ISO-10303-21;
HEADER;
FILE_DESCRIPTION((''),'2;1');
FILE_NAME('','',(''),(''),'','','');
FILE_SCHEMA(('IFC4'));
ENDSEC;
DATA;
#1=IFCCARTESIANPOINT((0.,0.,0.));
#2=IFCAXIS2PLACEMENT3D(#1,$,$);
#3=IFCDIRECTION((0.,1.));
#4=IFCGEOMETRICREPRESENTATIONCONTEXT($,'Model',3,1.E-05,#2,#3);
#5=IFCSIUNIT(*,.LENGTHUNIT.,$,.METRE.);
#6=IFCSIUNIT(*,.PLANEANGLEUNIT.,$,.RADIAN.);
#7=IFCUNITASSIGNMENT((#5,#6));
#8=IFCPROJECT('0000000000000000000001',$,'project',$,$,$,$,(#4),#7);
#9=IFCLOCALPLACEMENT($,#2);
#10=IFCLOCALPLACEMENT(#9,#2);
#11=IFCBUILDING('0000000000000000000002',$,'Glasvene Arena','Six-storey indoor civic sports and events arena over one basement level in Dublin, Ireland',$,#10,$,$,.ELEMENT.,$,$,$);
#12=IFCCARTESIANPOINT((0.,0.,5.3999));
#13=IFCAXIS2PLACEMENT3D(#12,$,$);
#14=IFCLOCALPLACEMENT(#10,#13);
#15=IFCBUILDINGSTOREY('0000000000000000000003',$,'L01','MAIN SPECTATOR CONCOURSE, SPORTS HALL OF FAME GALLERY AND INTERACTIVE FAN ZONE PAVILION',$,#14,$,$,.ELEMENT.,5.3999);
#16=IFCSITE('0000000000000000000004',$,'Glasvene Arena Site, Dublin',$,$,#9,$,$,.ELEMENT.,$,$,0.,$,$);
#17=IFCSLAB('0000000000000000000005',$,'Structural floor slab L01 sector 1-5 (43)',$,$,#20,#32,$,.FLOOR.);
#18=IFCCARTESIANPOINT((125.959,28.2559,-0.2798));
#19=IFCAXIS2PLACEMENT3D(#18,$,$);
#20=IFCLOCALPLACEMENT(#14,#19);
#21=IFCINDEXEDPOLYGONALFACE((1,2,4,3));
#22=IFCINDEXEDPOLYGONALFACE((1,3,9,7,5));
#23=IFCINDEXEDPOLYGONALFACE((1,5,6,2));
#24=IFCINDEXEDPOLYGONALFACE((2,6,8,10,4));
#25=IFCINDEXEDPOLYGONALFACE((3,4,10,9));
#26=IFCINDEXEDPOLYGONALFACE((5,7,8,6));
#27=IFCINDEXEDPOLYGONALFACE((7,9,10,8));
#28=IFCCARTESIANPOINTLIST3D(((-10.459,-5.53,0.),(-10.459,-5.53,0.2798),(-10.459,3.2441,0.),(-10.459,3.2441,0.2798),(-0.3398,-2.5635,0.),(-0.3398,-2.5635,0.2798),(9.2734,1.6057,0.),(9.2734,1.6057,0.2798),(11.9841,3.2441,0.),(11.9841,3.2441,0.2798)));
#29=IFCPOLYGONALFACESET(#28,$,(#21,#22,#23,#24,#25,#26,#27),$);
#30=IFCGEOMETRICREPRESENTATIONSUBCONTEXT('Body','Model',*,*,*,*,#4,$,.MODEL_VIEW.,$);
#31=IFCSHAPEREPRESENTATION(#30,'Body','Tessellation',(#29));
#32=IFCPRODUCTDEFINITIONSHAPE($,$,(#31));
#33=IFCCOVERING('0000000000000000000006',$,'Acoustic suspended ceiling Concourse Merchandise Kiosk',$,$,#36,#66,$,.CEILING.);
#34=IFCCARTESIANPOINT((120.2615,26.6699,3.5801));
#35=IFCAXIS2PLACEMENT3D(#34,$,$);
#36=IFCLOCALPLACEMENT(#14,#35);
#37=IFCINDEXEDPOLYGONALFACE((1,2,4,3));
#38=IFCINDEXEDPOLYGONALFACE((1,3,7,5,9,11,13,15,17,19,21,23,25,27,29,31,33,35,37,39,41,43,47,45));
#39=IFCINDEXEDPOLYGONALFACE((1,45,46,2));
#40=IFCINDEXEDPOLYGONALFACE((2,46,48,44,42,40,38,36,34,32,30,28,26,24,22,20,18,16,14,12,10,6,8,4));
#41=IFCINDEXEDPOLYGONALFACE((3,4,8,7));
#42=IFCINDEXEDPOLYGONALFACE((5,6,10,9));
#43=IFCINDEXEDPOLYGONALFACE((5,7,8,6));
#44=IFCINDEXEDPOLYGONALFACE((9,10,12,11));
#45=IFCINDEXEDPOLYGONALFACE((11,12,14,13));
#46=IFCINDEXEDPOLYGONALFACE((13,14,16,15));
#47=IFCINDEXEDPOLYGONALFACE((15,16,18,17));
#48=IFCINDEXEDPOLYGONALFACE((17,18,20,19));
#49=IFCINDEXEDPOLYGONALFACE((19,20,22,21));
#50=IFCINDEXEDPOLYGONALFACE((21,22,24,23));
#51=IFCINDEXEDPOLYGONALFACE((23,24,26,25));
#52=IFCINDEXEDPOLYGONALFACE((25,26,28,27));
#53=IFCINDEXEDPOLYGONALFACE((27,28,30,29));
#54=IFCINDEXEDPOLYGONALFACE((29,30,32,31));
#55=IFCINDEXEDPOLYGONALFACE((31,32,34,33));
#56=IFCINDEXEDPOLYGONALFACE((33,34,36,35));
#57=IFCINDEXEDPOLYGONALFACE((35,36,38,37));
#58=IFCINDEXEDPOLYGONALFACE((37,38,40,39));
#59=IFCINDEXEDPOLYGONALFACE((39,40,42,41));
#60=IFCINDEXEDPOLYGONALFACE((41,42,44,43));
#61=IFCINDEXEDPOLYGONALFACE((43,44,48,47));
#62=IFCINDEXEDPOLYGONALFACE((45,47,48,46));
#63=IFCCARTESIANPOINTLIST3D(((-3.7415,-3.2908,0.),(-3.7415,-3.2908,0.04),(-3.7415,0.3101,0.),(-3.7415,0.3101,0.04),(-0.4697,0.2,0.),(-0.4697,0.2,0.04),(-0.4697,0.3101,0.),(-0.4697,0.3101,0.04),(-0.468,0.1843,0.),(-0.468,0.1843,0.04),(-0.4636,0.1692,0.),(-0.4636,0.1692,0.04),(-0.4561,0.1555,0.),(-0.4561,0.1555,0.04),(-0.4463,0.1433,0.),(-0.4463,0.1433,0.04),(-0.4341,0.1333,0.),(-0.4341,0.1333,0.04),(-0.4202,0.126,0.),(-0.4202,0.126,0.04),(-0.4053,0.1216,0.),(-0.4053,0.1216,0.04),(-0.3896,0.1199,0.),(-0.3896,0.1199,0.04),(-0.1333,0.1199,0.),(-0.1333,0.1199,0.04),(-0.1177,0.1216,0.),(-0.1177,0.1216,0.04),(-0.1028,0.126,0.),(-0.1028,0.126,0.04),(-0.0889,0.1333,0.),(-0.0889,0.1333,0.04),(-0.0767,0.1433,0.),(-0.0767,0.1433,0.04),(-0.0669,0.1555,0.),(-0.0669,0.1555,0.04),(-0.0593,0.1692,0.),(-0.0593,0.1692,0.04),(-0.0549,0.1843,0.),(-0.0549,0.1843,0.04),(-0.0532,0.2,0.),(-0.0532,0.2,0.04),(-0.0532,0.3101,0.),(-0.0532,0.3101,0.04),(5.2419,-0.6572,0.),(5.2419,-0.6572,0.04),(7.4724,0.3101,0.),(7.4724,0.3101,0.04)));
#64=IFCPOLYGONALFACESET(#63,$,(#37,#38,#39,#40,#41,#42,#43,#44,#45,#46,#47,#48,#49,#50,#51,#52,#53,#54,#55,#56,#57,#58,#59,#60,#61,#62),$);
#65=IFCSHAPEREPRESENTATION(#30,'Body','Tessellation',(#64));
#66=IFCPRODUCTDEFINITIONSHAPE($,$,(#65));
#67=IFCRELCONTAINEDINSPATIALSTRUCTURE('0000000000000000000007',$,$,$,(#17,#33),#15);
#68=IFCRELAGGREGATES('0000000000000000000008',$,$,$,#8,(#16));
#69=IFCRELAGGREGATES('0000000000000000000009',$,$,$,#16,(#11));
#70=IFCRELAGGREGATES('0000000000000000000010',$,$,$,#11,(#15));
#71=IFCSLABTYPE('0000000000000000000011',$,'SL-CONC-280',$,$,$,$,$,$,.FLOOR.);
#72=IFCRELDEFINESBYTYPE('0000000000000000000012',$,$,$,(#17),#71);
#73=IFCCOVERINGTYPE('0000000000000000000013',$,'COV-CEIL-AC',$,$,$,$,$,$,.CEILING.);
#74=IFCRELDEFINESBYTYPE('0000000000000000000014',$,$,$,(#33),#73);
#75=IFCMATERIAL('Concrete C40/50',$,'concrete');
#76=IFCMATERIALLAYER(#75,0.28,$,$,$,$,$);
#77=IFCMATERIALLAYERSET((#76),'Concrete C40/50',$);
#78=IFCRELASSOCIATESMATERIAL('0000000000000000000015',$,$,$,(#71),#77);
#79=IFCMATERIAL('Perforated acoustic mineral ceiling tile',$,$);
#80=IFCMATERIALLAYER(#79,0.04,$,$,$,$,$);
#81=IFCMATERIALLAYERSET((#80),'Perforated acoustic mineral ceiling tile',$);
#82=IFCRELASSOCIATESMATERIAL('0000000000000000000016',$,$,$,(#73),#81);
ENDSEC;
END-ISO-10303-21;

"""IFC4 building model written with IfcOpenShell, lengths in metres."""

from ifc_helpers import new_model, si_unit, direction, frame, origin, place, context, subcontext, project, spatial, polyline, outline, extrude, material, layer, layer_set, type_object, element, save


model = new_model("IFC4")

# Units and contexts
model_context = context("Model", 3, precision=1e-05, world=origin(), true_north=direction((0.0, 1.0)))
body_context = subcontext(model_context, "Body", "Model", "MODEL_VIEW")
ifc_project = project(units=[si_unit("LENGTHUNIT", "METRE"), si_unit("PLANEANGLEUNIT", "RADIAN")], contexts=[model_context])

# Site, building, storey
site_placement = place(None, origin())
site = spatial("IfcSite", under=ifc_project, at=site_placement, Name="Glasvene Arena Site, Dublin", CompositionType="ELEMENT", RefElevation=0.0)
building_placement = place(site_placement, origin())
building = spatial("IfcBuilding", under=site, at=building_placement, Name="Glasvene Arena", Description="Six-storey indoor civic sports and events arena over one basement level in Dublin, Ireland", CompositionType="ELEMENT")
storey_placement = place(building_placement, frame((0.0, 0.0, 5.3999)))
storey = spatial("IfcBuildingStorey", under=building, at=storey_placement, Name="L01", Description="MAIN SPECTATOR CONCOURSE, SPORTS HALL OF FAME GALLERY AND INTERACTIVE FAN ZONE PAVILION", CompositionType="ELEMENT", Elevation=5.3999)

# Slab
ifc_material_1 = material(Name="Concrete C40/50", Category="concrete")
ifc_layer_1 = layer(ifc_material_1, 0.28)
ifc_layer_set_1 = layer_set([ifc_layer_1], Name="Concrete C40/50")
slab_type = type_object("IfcSlabType", Name="SL-CONC-280", PredefinedType="FLOOR", material=ifc_layer_set_1)
slab_placement = place(storey_placement, frame((125.959, 28.2559, -0.2798)))
element("IfcSlab", 1, at=slab_placement, inside=storey, type_object=slab_type, Name="Structural floor slab L01 sector 1-5 (43)", PredefinedType="FLOOR", context=body_context, shape_type="SweptSolid", body=[
    extrude(outline(polyline([(9.2734, 1.6057), (-0.3398, -2.5635), (-10.459, -5.53), (-10.459, 3.2441), (11.9841, 3.2441), (9.2734, 1.6057)])), origin(), (0.0, 0.0, 1.0), 0.2798),
])

# Covering
ifc_material_2 = material(Name="Perforated acoustic mineral ceiling tile")
ifc_layer_2 = layer(ifc_material_2, 0.04)
ifc_layer_set_2 = layer_set([ifc_layer_2], Name="Perforated acoustic mineral ceiling tile")
covering_type = type_object("IfcCoveringType", Name="COV-CEIL-AC", PredefinedType="CEILING", material=ifc_layer_set_2)
covering_placement = place(storey_placement, frame((120.2615, 26.6699, 3.5801)))
element("IfcCovering", 2, at=covering_placement, inside=storey, type_object=covering_type, Name="Acoustic suspended ceiling Concourse Merchandise Kiosk", PredefinedType="CEILING", context=body_context, shape_type="SweptSolid", body=[
    extrude(outline(polyline([(-3.7415, 0.3101), (-0.4697, 0.3101), (-0.4697, 0.2), (-0.468, 0.1843), (-0.4636, 0.1692), (-0.4561, 0.1555), (-0.4463, 0.1433), (-0.4341, 0.1333), (-0.4202, 0.126), (-0.4053, 0.1216), (-0.3896, 0.1199), (-0.1333, 0.1199), (-0.1177, 0.1216), (-0.1028, 0.126), (-0.0889, 0.1333), (-0.0767, 0.1433), (-0.0669, 0.1555), (-0.0593, 0.1692), (-0.0549, 0.1843), (-0.0532, 0.2), (-0.0532, 0.3101), (7.4724, 0.3101), (5.2419, -0.6572), (-3.7415, -3.2908), (-3.7415, 0.3101)])), origin(), (0.0, 0.0, 1.0), 0.04),
])

save(model, "model.ifc")
